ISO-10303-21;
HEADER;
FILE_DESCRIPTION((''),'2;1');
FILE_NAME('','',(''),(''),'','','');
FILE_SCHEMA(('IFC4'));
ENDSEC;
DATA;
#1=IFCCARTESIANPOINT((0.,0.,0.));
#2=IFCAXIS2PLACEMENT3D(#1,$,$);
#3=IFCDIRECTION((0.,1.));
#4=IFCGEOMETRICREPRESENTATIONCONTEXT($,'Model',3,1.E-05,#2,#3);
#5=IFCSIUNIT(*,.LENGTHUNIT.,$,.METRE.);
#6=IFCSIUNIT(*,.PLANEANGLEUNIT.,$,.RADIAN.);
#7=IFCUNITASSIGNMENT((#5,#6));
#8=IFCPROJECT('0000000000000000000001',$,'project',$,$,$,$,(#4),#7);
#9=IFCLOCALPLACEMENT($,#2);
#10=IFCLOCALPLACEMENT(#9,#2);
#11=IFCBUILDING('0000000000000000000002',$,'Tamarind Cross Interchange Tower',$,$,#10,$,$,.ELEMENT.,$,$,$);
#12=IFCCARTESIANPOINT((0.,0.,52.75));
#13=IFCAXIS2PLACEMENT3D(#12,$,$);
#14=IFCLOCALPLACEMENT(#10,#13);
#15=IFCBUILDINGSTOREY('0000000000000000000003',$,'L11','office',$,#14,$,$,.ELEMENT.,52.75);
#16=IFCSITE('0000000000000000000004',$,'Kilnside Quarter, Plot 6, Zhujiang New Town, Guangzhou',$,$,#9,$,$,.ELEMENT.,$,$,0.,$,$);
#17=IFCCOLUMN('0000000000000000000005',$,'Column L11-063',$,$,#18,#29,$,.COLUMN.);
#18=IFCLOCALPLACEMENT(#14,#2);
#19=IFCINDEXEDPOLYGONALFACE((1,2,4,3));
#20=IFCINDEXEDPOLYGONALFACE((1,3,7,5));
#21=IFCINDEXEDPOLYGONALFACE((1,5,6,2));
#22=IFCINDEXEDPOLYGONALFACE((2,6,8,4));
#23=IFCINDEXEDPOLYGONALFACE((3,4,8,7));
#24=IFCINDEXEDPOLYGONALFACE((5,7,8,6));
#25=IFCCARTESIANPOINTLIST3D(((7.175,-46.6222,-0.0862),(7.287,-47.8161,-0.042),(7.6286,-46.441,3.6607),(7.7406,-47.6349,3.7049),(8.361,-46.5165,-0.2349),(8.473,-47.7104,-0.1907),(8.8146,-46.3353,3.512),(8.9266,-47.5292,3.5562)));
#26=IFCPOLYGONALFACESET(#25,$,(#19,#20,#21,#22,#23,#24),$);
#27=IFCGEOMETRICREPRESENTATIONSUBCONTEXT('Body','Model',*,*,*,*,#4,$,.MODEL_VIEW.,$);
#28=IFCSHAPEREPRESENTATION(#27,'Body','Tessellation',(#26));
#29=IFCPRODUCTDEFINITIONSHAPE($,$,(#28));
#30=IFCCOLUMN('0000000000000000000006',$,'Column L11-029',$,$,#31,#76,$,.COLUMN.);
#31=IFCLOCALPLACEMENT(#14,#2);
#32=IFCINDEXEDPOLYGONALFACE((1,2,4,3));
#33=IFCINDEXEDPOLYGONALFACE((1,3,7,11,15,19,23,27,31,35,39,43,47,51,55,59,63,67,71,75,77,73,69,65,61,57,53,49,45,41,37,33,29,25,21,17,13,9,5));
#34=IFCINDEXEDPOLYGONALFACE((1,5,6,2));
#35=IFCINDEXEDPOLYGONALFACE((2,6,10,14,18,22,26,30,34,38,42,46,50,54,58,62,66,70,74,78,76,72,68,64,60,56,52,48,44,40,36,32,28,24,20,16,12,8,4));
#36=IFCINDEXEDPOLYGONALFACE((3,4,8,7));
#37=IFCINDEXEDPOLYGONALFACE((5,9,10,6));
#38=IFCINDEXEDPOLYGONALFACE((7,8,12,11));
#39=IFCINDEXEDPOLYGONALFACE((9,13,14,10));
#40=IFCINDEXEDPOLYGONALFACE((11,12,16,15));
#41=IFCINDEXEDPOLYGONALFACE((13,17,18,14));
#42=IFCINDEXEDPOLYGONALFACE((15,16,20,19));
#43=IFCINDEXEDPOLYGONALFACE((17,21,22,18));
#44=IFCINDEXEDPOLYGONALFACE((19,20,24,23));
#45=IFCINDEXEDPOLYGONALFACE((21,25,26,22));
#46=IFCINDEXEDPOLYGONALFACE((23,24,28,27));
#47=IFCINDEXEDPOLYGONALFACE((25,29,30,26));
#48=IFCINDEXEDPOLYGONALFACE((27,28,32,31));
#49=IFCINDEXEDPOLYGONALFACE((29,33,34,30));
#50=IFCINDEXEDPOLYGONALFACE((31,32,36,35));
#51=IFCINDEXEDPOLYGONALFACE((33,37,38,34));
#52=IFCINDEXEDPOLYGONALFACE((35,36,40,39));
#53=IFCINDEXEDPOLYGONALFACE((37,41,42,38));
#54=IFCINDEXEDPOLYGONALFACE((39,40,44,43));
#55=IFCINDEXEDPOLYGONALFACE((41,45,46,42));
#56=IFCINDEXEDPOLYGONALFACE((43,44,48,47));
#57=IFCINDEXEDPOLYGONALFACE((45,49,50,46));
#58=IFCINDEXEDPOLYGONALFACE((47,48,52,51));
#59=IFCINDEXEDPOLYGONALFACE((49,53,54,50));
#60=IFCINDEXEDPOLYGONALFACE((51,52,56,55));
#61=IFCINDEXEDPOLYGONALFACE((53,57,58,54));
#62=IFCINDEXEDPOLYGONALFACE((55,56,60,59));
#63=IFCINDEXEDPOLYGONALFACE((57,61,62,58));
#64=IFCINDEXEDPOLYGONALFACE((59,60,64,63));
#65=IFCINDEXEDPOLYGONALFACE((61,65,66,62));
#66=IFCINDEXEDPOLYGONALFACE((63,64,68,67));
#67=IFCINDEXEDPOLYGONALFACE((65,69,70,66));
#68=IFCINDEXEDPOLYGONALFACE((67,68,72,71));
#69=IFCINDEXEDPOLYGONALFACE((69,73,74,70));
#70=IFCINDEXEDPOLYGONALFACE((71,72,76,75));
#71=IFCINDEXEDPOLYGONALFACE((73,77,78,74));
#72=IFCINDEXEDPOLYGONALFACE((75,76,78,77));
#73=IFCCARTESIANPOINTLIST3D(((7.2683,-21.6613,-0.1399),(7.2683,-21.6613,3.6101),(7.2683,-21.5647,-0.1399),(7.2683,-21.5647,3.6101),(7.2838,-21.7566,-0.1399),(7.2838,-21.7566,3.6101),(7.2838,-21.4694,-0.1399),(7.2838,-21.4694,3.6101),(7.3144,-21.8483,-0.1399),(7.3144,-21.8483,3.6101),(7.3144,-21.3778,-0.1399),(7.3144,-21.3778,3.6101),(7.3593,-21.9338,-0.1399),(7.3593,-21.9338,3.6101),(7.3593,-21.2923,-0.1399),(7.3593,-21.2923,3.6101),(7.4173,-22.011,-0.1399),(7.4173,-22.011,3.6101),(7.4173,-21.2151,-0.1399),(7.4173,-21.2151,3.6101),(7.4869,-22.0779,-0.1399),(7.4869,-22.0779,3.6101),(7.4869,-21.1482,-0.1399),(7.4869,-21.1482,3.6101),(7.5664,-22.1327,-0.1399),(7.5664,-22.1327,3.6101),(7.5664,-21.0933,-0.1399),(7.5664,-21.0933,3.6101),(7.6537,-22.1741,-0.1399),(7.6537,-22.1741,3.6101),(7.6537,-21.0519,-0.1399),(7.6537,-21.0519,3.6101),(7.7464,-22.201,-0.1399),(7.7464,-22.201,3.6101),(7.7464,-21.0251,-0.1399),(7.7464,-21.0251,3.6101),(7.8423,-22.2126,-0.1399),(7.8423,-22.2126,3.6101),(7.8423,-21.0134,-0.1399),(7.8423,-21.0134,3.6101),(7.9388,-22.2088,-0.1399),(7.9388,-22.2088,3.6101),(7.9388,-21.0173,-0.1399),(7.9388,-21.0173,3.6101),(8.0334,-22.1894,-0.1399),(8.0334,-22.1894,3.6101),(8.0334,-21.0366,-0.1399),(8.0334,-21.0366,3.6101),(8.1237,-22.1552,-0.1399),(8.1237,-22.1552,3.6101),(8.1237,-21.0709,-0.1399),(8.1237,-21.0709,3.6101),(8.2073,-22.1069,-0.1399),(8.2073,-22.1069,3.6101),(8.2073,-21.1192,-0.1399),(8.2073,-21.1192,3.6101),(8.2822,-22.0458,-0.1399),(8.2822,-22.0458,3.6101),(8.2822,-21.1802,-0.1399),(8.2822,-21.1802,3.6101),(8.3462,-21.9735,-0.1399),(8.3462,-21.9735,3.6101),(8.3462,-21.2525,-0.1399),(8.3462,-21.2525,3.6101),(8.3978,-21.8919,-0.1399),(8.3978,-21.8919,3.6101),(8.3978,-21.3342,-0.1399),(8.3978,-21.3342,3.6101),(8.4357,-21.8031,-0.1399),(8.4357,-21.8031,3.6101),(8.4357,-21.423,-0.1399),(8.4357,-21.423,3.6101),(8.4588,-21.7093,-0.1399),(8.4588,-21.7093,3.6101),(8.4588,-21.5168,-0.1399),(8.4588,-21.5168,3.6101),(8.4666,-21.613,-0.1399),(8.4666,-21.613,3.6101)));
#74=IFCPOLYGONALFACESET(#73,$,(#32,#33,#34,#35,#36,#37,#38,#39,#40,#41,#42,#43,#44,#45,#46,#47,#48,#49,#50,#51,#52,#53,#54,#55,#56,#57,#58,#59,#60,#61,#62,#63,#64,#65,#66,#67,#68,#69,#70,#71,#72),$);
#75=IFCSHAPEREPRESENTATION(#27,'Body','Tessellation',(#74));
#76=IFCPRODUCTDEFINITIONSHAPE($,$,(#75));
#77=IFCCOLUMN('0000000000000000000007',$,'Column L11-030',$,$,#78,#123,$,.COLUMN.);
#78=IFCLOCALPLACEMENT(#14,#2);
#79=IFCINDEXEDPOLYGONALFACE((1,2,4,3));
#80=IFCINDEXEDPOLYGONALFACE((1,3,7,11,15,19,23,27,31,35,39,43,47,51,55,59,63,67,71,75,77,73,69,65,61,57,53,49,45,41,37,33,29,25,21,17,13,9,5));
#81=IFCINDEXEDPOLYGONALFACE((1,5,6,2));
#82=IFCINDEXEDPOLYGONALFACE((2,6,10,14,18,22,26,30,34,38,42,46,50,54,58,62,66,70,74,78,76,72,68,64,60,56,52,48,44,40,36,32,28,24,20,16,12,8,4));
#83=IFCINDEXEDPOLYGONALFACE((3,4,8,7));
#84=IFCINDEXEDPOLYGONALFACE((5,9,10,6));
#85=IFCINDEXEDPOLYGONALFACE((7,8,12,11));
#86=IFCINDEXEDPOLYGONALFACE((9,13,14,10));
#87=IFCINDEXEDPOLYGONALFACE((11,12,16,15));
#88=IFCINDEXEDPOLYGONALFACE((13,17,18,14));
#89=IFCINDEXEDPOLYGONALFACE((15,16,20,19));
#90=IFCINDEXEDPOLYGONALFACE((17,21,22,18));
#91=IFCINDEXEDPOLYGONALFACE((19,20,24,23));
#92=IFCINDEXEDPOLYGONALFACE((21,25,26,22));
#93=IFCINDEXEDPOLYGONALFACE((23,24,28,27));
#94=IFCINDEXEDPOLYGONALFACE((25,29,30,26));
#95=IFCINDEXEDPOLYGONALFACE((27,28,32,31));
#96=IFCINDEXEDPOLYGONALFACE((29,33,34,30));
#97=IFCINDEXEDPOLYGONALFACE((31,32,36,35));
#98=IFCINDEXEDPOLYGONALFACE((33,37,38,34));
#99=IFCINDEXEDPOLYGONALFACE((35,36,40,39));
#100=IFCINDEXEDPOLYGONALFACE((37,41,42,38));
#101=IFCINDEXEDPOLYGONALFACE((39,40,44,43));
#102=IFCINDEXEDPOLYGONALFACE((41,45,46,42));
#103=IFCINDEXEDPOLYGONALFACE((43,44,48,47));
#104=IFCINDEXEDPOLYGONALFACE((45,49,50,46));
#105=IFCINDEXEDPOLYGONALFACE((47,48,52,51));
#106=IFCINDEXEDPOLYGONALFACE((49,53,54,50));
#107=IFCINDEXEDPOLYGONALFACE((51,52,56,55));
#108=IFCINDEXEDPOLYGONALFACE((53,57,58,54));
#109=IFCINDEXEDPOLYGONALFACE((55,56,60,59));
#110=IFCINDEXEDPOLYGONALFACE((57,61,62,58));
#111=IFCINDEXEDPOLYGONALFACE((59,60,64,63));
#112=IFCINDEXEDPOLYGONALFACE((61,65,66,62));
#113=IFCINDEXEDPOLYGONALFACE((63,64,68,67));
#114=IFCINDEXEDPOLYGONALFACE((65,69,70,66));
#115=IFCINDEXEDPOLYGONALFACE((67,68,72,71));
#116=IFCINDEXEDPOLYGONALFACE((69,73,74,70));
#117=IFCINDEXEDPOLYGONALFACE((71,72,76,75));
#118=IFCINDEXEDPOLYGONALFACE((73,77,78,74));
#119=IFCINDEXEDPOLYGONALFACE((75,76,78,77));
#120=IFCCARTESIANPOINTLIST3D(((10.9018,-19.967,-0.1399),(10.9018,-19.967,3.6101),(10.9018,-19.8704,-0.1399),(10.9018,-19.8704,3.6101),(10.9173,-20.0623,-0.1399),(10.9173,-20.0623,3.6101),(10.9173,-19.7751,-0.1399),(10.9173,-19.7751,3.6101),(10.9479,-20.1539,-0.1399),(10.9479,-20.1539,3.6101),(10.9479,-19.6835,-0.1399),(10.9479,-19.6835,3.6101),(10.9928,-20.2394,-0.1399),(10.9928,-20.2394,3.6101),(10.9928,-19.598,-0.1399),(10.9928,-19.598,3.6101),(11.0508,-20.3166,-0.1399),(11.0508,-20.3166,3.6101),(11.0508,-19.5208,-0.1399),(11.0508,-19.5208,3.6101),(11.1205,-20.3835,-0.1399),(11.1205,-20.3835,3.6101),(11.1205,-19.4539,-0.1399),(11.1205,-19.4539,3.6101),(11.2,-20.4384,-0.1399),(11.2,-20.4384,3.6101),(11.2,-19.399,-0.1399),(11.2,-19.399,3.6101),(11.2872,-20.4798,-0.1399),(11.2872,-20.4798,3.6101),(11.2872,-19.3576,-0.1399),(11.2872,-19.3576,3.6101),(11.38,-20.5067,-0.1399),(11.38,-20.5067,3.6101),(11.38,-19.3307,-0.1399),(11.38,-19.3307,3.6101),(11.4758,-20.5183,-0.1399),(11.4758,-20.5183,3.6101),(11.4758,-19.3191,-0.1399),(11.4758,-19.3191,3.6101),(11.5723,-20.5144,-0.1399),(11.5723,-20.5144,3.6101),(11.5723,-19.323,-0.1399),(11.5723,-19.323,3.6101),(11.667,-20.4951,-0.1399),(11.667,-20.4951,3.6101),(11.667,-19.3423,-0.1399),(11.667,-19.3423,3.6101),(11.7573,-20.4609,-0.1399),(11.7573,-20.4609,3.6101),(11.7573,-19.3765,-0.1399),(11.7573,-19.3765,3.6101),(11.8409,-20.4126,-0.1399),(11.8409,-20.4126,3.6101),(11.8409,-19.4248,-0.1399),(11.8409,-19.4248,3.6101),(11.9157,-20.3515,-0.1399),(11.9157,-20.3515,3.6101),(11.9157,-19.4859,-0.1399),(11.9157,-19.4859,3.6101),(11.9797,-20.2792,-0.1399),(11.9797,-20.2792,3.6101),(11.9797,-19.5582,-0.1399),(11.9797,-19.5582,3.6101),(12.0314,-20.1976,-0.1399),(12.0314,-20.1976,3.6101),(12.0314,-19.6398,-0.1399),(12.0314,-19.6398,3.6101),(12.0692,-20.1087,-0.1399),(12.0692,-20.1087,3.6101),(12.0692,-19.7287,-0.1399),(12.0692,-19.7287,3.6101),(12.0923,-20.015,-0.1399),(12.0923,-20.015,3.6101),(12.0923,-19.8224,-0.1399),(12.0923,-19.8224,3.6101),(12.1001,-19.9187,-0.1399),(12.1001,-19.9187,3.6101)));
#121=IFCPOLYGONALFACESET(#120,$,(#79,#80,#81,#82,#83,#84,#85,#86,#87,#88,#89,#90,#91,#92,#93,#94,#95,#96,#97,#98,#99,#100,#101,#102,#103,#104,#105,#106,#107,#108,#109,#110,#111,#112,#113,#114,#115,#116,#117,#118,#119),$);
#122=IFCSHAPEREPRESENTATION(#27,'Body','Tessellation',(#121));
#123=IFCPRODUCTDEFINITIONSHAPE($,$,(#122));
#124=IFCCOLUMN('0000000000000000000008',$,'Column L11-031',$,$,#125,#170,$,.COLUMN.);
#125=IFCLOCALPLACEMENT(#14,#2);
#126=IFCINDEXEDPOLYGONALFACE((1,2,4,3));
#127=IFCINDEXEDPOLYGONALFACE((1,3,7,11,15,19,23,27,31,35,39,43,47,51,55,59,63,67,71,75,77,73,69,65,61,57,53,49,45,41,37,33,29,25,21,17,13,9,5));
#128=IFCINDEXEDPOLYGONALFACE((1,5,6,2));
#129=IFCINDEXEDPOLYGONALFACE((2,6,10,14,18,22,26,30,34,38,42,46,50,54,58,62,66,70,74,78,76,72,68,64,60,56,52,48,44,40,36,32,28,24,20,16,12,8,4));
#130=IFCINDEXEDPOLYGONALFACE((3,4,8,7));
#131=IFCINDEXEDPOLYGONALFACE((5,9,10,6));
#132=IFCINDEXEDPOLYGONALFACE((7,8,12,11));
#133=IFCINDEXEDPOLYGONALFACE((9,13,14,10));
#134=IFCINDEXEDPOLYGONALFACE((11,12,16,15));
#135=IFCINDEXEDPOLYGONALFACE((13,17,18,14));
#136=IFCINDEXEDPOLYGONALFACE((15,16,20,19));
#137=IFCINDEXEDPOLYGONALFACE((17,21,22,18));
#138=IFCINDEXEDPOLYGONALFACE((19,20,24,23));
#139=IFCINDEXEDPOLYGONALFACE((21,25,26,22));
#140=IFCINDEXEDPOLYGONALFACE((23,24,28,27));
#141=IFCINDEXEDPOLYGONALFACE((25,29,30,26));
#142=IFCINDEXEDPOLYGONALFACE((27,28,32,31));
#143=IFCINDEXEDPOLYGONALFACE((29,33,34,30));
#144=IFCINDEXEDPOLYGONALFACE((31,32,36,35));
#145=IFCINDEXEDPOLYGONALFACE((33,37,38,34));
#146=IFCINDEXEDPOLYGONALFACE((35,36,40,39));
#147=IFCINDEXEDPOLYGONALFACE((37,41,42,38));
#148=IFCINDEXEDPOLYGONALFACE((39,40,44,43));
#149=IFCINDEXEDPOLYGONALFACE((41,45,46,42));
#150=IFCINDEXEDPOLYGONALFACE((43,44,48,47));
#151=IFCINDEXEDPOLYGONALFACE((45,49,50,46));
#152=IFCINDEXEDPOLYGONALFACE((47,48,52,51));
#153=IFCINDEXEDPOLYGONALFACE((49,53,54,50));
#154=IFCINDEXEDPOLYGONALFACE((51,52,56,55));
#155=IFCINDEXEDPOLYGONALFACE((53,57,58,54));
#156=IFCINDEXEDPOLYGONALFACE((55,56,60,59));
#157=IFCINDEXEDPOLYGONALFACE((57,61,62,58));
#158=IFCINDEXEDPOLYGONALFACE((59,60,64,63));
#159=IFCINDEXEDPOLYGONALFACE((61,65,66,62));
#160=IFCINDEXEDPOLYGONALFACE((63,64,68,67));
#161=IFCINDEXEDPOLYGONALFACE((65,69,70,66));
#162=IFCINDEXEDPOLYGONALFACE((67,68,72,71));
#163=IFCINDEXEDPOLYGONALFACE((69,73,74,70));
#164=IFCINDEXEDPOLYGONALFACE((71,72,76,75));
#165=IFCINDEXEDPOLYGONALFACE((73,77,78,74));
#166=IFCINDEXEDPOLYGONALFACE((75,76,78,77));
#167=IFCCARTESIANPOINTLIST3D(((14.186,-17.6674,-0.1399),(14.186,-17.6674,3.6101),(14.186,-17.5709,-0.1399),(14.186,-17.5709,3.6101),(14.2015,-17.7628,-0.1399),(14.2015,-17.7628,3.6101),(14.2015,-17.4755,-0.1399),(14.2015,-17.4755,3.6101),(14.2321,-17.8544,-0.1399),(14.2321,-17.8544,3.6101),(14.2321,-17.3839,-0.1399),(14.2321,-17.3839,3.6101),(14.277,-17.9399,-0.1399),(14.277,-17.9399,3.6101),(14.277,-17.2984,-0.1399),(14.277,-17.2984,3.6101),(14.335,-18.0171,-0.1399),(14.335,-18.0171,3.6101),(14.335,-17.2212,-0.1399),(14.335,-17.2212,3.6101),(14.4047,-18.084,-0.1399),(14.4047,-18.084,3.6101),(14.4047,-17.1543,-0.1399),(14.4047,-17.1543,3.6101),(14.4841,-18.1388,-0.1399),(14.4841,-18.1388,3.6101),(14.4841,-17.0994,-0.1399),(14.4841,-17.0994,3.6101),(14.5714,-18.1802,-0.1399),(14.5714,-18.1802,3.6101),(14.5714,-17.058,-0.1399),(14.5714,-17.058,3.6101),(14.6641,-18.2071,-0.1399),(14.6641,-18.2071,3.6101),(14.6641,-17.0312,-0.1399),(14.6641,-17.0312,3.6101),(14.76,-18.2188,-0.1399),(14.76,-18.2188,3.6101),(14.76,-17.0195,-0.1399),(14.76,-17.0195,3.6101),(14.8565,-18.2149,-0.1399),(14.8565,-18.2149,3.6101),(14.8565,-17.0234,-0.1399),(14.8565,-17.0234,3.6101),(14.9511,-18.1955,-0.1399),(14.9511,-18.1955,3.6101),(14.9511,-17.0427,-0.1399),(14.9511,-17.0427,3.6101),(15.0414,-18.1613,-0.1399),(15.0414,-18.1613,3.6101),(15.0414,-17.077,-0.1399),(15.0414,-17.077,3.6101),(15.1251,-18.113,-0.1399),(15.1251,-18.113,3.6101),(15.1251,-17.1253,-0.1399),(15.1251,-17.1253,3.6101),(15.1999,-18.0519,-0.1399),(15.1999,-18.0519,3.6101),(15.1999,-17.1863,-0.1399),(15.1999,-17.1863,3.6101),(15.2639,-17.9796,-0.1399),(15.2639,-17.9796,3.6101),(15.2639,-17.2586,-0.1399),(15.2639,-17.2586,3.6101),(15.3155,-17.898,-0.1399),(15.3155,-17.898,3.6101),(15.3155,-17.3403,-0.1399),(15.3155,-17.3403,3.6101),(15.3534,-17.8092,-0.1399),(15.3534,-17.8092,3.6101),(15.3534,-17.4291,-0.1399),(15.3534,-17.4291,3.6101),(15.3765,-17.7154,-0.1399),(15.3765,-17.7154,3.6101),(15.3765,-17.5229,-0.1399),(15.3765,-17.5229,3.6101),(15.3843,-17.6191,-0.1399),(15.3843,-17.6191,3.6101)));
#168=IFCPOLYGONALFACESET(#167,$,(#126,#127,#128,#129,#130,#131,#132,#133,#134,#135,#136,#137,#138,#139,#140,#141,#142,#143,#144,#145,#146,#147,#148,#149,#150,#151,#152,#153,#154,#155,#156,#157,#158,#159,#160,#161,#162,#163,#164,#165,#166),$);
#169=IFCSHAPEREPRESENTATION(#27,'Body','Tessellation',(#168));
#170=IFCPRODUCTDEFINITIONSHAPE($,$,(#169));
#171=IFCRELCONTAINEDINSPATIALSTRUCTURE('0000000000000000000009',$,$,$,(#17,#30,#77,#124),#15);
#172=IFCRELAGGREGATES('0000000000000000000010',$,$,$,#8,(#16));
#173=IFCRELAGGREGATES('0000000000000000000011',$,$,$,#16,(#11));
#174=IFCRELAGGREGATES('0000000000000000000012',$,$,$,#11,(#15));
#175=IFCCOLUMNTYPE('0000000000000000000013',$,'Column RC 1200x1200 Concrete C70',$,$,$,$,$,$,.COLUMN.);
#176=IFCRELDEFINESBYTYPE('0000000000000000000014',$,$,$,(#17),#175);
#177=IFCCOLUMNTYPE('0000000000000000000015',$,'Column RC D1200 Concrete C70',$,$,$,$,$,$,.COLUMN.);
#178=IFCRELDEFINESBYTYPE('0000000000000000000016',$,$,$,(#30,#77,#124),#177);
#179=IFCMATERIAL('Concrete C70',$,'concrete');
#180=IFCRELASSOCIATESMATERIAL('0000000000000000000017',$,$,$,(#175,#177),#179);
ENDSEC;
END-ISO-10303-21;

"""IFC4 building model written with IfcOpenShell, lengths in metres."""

from ifc_helpers import new_model, si_unit, direction, frame, origin, origin_2d, place, context, subcontext, project, spatial, rectangle, circle, extrude, material, material_profile, profile_set, type_object, element, save


model = new_model("IFC4")

# Units and contexts
model_context = context("Model", 3, precision=1e-05, world=origin(), true_north=direction((0.0, 1.0)))
body_context = subcontext(model_context, "Body", "Model", "MODEL_VIEW")
ifc_project = project(units=[si_unit("LENGTHUNIT", "METRE"), si_unit("PLANEANGLEUNIT", "RADIAN")], contexts=[model_context])

# Site, building, storey
site_placement = place(None, origin())
site = spatial("IfcSite", under=ifc_project, at=site_placement, Name="Kilnside Quarter, Plot 6, Zhujiang New Town, Guangzhou", CompositionType="ELEMENT", RefElevation=0.0)
building_placement = place(site_placement, origin())
building = spatial("IfcBuilding", under=site, at=building_placement, Name="Tamarind Cross Interchange Tower", CompositionType="ELEMENT")
storey_placement = place(building_placement, frame((0.0, 0.0, 52.75)))
storey = spatial("IfcBuildingStorey", under=building, at=storey_placement, Name="L11", Description="office", CompositionType="ELEMENT", Elevation=52.75)

# Columns
ifc_material_1 = material(Name="Concrete C70", Category="concrete")
ifc_material_profile_1 = material_profile(ifc_material_1, rectangle(XDim=1.2, YDim=1.2, at=origin_2d()), Name="RC 1200x1200")
ifc_profile_set_1 = profile_set([ifc_material_profile_1], Name="Concrete C70")
column_type_1 = type_object("IfcColumnType", Name="Column RC 1200x1200 Concrete C70", PredefinedType="COLUMN", material=ifc_profile_set_1)
column_placement = place(storey_placement, frame((7.824, -47.1663, -0.1384), z_axis=(0.12005, 0.047943, 0.99161), x_axis=(-0.988374, -0.088097, 0.123918)))
element("IfcColumn", 1, at=column_placement, inside=storey, type_object=column_type_1, Name="Column L11-063", PredefinedType="COLUMN", context=body_context, shape_type="SweptSolid", body=[
    extrude(rectangle(XDim=1.2, YDim=1.2, at=origin_2d()), origin(), (0.0, 0.0, 1.0), 3.7786),
])
ifc_material_profile_2 = material_profile(ifc_material_1, circle(Radius=0.6001, at=origin_2d()), Name="RC D1200")
ifc_profile_set_2 = profile_set([ifc_material_profile_2], Name="Concrete C70")
column_type_2 = type_object("IfcColumnType", Name="Column RC D1200 Concrete C70", PredefinedType="COLUMN", material=ifc_profile_set_2)
for number, where, z_axis, x_axis, name in (
    (2, (7.8665, -21.613, -0.1399), (0.0, 0.0, 1.0), (1.0, 0.0, 0.0), "Column L11-029"),
    (3, (11.5, -19.9187, -0.1399), (0.0, 0.0, 1.0), (1.0, 0.0, 0.0), "Column L11-030"),
    (4, (14.7842, -17.6191, -0.1399), (0.0, 0.0, 1.0), (1.0, 0.0, 0.0), "Column L11-031"),
):
    element("IfcColumn", number, at=place(storey_placement, frame(where, z_axis=z_axis, x_axis=x_axis)), inside=storey, type_object=column_type_2, Name=name, PredefinedType="COLUMN", context=body_context, shape_type="SweptSolid", body=[
        extrude(circle(Radius=0.6001, at=origin_2d()), origin(), (0.0, 0.0, 1.0), 3.75),
    ])

save(model, "model.ifc")
